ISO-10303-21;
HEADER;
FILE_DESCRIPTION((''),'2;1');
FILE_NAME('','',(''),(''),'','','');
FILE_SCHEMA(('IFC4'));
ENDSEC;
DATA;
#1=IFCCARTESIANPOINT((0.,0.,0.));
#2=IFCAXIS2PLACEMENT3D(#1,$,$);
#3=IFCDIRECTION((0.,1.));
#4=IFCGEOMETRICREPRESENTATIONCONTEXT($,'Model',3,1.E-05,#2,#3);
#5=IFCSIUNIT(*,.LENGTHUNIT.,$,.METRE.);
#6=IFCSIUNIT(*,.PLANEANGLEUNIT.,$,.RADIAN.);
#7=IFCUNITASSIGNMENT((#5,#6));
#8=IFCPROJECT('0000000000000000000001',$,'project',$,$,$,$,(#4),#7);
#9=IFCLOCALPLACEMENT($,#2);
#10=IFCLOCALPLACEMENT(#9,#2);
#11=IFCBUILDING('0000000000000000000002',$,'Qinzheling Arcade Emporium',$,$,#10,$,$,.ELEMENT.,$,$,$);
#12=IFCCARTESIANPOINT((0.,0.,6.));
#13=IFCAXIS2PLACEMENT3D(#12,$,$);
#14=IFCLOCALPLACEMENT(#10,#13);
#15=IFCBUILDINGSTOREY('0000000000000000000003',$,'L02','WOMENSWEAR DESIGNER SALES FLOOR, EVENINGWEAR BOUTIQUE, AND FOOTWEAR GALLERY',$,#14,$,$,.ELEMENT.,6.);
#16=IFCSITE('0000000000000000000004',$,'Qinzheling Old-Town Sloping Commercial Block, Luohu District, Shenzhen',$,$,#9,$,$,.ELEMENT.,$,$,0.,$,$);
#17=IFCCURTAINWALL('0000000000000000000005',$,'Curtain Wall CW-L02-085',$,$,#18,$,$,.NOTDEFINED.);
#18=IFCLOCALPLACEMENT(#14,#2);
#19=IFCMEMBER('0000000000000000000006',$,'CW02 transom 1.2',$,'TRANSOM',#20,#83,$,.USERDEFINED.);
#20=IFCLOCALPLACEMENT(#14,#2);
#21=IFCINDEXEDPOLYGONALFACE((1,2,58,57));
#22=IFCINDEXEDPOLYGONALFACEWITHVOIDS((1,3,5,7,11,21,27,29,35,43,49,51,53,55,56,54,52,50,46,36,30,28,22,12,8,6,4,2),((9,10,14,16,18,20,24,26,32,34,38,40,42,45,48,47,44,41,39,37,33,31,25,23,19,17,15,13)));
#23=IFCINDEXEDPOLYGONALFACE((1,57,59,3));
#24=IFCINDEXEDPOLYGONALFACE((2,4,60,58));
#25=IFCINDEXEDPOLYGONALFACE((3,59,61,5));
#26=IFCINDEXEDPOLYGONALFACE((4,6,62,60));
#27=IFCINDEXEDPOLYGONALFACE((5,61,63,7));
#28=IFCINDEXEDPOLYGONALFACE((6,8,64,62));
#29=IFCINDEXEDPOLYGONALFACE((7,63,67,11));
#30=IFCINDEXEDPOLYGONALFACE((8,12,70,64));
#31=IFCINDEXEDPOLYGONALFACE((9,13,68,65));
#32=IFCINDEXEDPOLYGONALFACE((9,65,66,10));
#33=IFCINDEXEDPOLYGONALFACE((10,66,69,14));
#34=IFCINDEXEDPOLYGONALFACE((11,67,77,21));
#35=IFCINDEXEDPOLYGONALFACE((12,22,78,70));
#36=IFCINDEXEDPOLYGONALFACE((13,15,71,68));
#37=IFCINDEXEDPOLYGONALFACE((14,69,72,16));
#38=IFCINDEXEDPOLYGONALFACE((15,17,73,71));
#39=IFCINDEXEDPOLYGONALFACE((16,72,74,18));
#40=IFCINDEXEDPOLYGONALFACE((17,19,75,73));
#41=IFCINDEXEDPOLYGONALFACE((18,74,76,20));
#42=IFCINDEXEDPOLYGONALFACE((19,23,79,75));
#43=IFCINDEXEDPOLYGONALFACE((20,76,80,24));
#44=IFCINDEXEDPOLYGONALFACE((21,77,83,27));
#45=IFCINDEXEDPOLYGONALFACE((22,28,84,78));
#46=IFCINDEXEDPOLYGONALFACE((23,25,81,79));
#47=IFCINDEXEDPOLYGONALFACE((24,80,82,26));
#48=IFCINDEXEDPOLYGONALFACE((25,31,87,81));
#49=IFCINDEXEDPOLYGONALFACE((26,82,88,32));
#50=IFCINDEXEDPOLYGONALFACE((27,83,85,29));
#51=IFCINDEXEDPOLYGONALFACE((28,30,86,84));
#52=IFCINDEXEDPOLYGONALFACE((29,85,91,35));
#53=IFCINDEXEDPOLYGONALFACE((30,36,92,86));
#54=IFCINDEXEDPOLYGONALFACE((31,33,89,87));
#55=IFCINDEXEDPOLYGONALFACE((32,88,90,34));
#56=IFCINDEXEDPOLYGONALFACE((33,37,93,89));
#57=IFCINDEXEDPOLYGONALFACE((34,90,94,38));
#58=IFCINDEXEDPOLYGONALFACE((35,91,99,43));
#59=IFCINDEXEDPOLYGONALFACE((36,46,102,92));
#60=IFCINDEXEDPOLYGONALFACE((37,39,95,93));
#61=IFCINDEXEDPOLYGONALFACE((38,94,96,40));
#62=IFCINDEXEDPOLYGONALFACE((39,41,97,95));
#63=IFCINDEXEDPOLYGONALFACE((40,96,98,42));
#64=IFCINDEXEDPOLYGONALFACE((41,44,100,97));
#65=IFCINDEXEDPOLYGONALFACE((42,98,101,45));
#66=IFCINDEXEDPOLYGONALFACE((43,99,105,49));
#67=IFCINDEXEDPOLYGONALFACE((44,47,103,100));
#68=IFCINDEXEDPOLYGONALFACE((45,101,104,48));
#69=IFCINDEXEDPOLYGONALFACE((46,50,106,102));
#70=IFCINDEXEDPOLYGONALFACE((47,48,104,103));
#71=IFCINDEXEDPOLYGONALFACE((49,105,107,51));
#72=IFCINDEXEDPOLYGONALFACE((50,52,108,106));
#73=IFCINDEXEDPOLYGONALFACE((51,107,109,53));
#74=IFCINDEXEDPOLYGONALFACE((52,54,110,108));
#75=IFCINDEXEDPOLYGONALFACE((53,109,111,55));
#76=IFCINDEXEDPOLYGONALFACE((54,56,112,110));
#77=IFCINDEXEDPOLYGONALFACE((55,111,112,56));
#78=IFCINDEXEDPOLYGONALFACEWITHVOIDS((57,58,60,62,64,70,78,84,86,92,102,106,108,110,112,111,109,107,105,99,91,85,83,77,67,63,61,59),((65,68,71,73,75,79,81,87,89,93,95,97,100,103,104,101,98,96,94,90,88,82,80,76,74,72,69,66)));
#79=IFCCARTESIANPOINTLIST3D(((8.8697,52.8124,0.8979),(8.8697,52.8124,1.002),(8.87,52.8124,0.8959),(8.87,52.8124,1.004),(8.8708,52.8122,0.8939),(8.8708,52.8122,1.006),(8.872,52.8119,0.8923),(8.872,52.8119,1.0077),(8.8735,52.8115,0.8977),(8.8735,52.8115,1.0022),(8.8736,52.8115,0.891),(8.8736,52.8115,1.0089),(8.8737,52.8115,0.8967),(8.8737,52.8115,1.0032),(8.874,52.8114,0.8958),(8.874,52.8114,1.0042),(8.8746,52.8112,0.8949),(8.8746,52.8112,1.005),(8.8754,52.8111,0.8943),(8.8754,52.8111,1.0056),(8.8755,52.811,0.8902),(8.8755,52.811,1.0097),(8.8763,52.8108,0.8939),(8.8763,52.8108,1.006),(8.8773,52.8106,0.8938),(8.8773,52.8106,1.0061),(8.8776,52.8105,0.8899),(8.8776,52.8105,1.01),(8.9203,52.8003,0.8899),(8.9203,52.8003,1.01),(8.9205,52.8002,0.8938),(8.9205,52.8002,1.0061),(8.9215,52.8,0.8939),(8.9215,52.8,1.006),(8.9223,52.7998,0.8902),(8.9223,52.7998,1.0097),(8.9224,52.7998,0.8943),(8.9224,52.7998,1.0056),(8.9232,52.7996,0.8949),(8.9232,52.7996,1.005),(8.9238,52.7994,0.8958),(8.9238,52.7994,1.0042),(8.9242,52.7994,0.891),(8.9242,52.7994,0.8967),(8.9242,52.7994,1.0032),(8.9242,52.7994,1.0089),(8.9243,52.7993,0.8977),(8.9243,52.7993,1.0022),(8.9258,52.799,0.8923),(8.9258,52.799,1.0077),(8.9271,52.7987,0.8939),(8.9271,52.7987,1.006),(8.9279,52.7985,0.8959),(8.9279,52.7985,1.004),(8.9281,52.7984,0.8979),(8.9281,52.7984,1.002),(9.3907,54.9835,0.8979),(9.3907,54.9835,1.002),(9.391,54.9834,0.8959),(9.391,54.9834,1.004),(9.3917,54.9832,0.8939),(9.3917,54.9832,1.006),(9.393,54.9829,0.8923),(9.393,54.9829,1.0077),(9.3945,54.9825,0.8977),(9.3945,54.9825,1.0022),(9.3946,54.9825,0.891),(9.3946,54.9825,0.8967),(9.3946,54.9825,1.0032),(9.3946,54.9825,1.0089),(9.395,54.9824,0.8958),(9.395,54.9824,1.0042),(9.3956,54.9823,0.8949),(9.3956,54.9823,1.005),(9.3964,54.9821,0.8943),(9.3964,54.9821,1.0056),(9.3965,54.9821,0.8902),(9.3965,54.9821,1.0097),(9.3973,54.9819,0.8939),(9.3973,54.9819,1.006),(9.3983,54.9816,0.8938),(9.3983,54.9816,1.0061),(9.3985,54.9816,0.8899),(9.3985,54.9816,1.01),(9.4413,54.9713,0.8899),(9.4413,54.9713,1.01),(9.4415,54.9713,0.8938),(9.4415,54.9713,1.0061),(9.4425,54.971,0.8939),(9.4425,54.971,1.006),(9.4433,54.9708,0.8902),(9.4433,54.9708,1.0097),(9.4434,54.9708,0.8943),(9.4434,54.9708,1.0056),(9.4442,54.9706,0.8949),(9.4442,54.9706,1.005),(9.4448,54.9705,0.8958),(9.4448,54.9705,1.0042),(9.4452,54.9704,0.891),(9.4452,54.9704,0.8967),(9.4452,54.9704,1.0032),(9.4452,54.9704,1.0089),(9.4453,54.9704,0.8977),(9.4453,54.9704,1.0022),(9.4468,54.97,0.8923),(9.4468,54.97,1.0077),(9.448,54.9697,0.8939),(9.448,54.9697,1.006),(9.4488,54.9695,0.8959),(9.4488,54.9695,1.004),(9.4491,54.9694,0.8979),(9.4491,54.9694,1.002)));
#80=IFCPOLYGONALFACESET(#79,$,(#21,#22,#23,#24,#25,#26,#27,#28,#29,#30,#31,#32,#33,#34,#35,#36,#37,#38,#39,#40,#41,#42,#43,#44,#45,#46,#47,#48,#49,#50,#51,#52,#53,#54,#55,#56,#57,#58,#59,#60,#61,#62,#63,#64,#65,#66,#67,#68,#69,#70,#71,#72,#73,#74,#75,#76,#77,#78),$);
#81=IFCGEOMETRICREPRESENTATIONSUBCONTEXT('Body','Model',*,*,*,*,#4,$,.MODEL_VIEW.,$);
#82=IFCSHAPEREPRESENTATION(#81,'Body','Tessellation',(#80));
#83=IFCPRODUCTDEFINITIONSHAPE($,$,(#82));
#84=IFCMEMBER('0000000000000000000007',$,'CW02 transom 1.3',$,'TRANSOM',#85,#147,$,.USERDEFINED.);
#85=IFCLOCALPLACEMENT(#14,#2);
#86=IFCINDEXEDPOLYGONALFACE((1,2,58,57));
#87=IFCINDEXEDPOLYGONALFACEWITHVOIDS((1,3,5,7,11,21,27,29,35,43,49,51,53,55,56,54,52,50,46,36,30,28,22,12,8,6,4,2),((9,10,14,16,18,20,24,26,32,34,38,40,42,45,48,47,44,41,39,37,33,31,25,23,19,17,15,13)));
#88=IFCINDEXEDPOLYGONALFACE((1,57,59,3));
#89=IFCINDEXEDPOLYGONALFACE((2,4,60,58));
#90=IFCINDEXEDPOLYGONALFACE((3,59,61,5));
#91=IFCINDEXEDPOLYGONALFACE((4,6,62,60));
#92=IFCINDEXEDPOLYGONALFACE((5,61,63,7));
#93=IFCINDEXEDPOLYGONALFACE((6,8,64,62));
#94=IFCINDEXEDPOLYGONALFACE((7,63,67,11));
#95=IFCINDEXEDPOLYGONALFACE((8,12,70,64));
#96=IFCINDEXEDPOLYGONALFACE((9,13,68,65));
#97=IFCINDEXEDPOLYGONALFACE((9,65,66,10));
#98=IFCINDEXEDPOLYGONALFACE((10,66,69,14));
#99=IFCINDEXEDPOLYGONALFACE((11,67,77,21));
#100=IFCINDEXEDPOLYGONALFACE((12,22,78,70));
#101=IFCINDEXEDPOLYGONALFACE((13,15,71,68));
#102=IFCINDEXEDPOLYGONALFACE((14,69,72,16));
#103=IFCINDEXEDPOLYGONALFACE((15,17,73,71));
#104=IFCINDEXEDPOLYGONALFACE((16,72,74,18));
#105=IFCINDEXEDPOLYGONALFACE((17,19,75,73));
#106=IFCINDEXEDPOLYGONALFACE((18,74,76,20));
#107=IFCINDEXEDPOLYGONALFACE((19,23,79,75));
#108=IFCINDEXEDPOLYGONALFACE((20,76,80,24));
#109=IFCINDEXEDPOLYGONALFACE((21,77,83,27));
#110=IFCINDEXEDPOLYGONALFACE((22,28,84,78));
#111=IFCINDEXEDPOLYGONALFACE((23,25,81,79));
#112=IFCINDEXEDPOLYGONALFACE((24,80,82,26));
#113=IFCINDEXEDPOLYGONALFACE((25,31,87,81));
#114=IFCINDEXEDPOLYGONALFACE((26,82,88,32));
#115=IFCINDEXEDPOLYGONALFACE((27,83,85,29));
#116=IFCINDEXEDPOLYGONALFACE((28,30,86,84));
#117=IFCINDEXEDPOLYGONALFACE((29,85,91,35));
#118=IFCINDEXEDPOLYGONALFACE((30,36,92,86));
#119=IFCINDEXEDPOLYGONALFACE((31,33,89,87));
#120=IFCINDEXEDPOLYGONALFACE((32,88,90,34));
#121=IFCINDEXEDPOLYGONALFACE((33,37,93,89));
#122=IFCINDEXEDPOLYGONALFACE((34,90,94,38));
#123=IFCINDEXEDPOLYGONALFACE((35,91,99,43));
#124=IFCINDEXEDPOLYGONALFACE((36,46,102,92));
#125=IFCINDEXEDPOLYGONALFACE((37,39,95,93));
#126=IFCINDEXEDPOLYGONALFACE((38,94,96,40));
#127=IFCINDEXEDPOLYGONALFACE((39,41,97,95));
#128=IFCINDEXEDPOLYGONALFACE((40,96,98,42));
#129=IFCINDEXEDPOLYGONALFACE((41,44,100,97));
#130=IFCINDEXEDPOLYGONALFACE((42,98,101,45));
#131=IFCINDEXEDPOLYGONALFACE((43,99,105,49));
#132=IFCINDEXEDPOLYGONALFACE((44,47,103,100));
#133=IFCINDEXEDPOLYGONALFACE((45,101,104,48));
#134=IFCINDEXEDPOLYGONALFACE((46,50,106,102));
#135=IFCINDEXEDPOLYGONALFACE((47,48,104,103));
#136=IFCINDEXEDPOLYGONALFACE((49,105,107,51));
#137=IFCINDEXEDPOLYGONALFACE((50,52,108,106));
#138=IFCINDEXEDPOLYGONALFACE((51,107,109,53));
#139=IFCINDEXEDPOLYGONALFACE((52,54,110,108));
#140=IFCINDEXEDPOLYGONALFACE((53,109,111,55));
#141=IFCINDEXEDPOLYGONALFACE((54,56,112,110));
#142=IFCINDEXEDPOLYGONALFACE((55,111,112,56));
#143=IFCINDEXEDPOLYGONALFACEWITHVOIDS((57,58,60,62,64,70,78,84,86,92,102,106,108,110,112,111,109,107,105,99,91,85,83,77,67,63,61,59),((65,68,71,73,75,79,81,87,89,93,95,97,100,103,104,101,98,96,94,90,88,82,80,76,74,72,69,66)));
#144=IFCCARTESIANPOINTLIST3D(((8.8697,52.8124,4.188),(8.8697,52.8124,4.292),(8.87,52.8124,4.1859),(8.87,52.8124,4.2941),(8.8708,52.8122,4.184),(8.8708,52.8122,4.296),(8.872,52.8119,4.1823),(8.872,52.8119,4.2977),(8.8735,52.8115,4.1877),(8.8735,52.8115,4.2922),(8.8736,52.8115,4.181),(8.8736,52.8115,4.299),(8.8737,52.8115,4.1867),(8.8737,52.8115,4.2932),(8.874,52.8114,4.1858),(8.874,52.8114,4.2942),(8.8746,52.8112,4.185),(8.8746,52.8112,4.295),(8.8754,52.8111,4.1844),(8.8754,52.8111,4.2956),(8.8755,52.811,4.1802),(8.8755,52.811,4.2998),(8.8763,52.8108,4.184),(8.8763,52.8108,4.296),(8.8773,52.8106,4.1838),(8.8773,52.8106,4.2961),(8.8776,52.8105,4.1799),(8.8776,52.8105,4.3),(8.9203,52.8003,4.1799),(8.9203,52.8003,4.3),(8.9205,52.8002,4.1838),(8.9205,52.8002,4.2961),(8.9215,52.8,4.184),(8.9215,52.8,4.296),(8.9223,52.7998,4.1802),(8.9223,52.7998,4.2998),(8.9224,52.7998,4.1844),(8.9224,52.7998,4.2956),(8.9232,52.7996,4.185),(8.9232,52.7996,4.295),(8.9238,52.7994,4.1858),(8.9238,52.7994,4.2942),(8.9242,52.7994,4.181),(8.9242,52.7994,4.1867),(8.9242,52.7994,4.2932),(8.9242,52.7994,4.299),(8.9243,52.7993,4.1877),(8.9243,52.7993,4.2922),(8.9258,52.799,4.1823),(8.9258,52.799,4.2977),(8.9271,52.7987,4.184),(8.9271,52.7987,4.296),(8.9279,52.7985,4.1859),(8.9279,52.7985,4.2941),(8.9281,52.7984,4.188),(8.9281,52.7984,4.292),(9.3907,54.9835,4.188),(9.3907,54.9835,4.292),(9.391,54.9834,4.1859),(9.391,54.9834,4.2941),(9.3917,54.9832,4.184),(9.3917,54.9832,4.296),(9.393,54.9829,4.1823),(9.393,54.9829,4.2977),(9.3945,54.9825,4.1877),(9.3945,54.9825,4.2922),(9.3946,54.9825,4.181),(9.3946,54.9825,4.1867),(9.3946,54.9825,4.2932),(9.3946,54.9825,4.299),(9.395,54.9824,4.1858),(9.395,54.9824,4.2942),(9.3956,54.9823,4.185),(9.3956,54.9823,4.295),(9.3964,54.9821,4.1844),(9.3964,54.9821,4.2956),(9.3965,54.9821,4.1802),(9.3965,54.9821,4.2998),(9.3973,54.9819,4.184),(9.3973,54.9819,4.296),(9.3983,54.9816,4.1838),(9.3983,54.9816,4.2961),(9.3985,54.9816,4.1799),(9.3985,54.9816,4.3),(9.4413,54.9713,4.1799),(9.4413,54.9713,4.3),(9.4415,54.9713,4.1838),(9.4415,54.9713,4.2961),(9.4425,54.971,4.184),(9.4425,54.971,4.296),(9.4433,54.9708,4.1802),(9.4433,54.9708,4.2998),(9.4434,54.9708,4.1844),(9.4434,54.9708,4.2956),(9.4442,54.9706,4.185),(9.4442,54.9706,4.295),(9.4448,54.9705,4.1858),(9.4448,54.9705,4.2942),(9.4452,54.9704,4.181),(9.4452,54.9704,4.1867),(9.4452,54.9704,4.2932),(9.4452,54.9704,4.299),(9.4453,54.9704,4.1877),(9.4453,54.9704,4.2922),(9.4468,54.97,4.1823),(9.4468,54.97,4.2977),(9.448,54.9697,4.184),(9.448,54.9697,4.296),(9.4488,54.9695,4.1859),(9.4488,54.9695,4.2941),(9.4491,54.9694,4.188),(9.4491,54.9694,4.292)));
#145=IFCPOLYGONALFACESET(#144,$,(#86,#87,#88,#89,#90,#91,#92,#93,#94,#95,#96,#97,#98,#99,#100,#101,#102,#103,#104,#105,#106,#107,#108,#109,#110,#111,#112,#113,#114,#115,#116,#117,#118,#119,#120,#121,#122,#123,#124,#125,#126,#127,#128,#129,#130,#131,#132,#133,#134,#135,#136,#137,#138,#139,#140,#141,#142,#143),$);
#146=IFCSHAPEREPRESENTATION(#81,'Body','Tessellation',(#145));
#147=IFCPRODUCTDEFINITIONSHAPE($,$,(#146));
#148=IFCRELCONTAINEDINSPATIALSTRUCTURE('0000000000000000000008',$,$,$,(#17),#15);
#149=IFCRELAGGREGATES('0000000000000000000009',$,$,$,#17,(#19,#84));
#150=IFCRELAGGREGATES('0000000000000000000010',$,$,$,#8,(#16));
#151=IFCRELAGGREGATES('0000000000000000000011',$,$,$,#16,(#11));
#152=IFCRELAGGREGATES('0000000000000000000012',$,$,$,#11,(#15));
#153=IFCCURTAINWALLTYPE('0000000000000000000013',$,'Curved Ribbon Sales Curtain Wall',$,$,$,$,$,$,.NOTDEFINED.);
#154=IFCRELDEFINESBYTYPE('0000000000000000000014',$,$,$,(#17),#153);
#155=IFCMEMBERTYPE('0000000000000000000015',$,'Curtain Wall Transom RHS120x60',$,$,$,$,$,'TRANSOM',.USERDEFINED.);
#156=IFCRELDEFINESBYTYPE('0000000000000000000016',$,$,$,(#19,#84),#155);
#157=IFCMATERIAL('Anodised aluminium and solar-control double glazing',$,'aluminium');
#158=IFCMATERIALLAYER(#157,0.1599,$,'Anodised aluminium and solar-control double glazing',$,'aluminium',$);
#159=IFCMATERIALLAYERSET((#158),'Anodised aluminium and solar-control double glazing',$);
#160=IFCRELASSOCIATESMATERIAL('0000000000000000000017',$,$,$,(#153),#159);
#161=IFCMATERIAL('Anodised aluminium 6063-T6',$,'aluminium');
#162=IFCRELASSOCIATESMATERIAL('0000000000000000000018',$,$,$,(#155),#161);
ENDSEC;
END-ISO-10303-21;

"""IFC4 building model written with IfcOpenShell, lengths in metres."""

from ifc_helpers import new_model, si_unit, direction, frame, origin, origin_2d, place, context, subcontext, project, spatial, hollow_rectangle, extrude, material, layer, layer_set, material_profile, profile_set, type_object, element, aggregate, save


model = new_model("IFC4")

# Units and contexts
model_context = context("Model", 3, precision=1e-05, world=origin(), true_north=direction((0.0, 1.0)))
body_context = subcontext(model_context, "Body", "Model", "MODEL_VIEW")
ifc_project = project(units=[si_unit("LENGTHUNIT", "METRE"), si_unit("PLANEANGLEUNIT", "RADIAN")], contexts=[model_context])

# Site, building, storey
site_placement = place(None, origin())
site = spatial("IfcSite", under=ifc_project, at=site_placement, Name="Qinzheling Old-Town Sloping Commercial Block, Luohu District, Shenzhen", CompositionType="ELEMENT", RefElevation=0.0)
building_placement = place(site_placement, origin())
building = spatial("IfcBuilding", under=site, at=building_placement, Name="Qinzheling Arcade Emporium", CompositionType="ELEMENT")
storey_placement = place(building_placement, frame((0.0, 0.0, 6.0)))
storey = spatial("IfcBuildingStorey", under=building, at=storey_placement, Name="L02", Description="WOMENSWEAR DESIGNER SALES FLOOR, EVENINGWEAR BOUTIQUE, AND FOOTWEAR GALLERY", CompositionType="ELEMENT", Elevation=6.0)

# Curtain wall
ifc_material_1 = material(Name="Anodised aluminium and solar-control double glazing", Category="aluminium")
ifc_layer_1 = layer(ifc_material_1, 0.1599, Name="Anodised aluminium and solar-control double glazing", Category="aluminium")
ifc_layer_set_1 = layer_set([ifc_layer_1], Name="Anodised aluminium and solar-control double glazing")
curtain_wall_type = type_object("IfcCurtainWallType", Name="Curved Ribbon Sales Curtain Wall", PredefinedType="NOTDEFINED", material=ifc_layer_set_1)
curtain_wall_1_placement = place(storey_placement, origin())
curtain_wall_1 = element("IfcCurtainWall", 1, at=curtain_wall_1_placement, inside=storey, type_object=curtain_wall_type, Name="Curtain Wall CW-L02-085", PredefinedType="NOTDEFINED")
ifc_material_2 = material(Name="Anodised aluminium 6063-T6", Category="aluminium")

# Members
ifc_material_profile_1 = material_profile(ifc_material_2, hollow_rectangle(XDim=0.0601, YDim=0.1201, WallThickness=0.0039, InnerFilletRadius=0.0039, OuterFilletRadius=0.0081, at=origin_2d()), Name="RHS 120x60x4", Category="aluminium")
ifc_profile_set_1 = profile_set([ifc_material_profile_1], Name="Anodised aluminium 6063-T6")
member_type_1 = type_object("IfcMemberType", Name="Curtain Wall Transom RHS120x60", ElementType="TRANSOM", PredefinedType="USERDEFINED", material=ifc_profile_set_1)
member_1_placement = place(storey_placement, frame((8.8989, 52.8054, 0.95), z_axis=(0.23334, 0.972395, 0.0), x_axis=(-0.972395, 0.23334, 0.0)))
member_1 = element("IfcMember", 2, at=member_1_placement, type_object=member_type_1, Name="CW02 transom 1.2", ObjectType="TRANSOM", PredefinedType="USERDEFINED", context=body_context, shape_type="SweptSolid", body=[
    extrude(hollow_rectangle(XDim=0.0601, YDim=0.1201, WallThickness=0.0039, InnerFilletRadius=0.0039, OuterFilletRadius=0.0081, at=origin_2d()), origin(), (0.0, 0.0, 1.0), 2.2327),
])
member_2_placement = place(storey_placement, frame((8.8989, 52.8054, 4.24), z_axis=(0.23334, 0.972395, 0.0), x_axis=(-0.972395, 0.23334, 0.0)))
member_2 = element("IfcMember", 3, at=member_2_placement, type_object=member_type_1, Name="CW02 transom 1.3", ObjectType="TRANSOM", PredefinedType="USERDEFINED", context=body_context, shape_type="SweptSolid", body=[
    extrude(hollow_rectangle(XDim=0.0601, YDim=0.1201, WallThickness=0.0039, InnerFilletRadius=0.0039, OuterFilletRadius=0.0081, at=origin_2d()), origin(), (0.0, 0.0, 1.0), 2.2327),
])

aggregate(curtain_wall_1, [member_1, member_2])

save(model, "model.ifc")
